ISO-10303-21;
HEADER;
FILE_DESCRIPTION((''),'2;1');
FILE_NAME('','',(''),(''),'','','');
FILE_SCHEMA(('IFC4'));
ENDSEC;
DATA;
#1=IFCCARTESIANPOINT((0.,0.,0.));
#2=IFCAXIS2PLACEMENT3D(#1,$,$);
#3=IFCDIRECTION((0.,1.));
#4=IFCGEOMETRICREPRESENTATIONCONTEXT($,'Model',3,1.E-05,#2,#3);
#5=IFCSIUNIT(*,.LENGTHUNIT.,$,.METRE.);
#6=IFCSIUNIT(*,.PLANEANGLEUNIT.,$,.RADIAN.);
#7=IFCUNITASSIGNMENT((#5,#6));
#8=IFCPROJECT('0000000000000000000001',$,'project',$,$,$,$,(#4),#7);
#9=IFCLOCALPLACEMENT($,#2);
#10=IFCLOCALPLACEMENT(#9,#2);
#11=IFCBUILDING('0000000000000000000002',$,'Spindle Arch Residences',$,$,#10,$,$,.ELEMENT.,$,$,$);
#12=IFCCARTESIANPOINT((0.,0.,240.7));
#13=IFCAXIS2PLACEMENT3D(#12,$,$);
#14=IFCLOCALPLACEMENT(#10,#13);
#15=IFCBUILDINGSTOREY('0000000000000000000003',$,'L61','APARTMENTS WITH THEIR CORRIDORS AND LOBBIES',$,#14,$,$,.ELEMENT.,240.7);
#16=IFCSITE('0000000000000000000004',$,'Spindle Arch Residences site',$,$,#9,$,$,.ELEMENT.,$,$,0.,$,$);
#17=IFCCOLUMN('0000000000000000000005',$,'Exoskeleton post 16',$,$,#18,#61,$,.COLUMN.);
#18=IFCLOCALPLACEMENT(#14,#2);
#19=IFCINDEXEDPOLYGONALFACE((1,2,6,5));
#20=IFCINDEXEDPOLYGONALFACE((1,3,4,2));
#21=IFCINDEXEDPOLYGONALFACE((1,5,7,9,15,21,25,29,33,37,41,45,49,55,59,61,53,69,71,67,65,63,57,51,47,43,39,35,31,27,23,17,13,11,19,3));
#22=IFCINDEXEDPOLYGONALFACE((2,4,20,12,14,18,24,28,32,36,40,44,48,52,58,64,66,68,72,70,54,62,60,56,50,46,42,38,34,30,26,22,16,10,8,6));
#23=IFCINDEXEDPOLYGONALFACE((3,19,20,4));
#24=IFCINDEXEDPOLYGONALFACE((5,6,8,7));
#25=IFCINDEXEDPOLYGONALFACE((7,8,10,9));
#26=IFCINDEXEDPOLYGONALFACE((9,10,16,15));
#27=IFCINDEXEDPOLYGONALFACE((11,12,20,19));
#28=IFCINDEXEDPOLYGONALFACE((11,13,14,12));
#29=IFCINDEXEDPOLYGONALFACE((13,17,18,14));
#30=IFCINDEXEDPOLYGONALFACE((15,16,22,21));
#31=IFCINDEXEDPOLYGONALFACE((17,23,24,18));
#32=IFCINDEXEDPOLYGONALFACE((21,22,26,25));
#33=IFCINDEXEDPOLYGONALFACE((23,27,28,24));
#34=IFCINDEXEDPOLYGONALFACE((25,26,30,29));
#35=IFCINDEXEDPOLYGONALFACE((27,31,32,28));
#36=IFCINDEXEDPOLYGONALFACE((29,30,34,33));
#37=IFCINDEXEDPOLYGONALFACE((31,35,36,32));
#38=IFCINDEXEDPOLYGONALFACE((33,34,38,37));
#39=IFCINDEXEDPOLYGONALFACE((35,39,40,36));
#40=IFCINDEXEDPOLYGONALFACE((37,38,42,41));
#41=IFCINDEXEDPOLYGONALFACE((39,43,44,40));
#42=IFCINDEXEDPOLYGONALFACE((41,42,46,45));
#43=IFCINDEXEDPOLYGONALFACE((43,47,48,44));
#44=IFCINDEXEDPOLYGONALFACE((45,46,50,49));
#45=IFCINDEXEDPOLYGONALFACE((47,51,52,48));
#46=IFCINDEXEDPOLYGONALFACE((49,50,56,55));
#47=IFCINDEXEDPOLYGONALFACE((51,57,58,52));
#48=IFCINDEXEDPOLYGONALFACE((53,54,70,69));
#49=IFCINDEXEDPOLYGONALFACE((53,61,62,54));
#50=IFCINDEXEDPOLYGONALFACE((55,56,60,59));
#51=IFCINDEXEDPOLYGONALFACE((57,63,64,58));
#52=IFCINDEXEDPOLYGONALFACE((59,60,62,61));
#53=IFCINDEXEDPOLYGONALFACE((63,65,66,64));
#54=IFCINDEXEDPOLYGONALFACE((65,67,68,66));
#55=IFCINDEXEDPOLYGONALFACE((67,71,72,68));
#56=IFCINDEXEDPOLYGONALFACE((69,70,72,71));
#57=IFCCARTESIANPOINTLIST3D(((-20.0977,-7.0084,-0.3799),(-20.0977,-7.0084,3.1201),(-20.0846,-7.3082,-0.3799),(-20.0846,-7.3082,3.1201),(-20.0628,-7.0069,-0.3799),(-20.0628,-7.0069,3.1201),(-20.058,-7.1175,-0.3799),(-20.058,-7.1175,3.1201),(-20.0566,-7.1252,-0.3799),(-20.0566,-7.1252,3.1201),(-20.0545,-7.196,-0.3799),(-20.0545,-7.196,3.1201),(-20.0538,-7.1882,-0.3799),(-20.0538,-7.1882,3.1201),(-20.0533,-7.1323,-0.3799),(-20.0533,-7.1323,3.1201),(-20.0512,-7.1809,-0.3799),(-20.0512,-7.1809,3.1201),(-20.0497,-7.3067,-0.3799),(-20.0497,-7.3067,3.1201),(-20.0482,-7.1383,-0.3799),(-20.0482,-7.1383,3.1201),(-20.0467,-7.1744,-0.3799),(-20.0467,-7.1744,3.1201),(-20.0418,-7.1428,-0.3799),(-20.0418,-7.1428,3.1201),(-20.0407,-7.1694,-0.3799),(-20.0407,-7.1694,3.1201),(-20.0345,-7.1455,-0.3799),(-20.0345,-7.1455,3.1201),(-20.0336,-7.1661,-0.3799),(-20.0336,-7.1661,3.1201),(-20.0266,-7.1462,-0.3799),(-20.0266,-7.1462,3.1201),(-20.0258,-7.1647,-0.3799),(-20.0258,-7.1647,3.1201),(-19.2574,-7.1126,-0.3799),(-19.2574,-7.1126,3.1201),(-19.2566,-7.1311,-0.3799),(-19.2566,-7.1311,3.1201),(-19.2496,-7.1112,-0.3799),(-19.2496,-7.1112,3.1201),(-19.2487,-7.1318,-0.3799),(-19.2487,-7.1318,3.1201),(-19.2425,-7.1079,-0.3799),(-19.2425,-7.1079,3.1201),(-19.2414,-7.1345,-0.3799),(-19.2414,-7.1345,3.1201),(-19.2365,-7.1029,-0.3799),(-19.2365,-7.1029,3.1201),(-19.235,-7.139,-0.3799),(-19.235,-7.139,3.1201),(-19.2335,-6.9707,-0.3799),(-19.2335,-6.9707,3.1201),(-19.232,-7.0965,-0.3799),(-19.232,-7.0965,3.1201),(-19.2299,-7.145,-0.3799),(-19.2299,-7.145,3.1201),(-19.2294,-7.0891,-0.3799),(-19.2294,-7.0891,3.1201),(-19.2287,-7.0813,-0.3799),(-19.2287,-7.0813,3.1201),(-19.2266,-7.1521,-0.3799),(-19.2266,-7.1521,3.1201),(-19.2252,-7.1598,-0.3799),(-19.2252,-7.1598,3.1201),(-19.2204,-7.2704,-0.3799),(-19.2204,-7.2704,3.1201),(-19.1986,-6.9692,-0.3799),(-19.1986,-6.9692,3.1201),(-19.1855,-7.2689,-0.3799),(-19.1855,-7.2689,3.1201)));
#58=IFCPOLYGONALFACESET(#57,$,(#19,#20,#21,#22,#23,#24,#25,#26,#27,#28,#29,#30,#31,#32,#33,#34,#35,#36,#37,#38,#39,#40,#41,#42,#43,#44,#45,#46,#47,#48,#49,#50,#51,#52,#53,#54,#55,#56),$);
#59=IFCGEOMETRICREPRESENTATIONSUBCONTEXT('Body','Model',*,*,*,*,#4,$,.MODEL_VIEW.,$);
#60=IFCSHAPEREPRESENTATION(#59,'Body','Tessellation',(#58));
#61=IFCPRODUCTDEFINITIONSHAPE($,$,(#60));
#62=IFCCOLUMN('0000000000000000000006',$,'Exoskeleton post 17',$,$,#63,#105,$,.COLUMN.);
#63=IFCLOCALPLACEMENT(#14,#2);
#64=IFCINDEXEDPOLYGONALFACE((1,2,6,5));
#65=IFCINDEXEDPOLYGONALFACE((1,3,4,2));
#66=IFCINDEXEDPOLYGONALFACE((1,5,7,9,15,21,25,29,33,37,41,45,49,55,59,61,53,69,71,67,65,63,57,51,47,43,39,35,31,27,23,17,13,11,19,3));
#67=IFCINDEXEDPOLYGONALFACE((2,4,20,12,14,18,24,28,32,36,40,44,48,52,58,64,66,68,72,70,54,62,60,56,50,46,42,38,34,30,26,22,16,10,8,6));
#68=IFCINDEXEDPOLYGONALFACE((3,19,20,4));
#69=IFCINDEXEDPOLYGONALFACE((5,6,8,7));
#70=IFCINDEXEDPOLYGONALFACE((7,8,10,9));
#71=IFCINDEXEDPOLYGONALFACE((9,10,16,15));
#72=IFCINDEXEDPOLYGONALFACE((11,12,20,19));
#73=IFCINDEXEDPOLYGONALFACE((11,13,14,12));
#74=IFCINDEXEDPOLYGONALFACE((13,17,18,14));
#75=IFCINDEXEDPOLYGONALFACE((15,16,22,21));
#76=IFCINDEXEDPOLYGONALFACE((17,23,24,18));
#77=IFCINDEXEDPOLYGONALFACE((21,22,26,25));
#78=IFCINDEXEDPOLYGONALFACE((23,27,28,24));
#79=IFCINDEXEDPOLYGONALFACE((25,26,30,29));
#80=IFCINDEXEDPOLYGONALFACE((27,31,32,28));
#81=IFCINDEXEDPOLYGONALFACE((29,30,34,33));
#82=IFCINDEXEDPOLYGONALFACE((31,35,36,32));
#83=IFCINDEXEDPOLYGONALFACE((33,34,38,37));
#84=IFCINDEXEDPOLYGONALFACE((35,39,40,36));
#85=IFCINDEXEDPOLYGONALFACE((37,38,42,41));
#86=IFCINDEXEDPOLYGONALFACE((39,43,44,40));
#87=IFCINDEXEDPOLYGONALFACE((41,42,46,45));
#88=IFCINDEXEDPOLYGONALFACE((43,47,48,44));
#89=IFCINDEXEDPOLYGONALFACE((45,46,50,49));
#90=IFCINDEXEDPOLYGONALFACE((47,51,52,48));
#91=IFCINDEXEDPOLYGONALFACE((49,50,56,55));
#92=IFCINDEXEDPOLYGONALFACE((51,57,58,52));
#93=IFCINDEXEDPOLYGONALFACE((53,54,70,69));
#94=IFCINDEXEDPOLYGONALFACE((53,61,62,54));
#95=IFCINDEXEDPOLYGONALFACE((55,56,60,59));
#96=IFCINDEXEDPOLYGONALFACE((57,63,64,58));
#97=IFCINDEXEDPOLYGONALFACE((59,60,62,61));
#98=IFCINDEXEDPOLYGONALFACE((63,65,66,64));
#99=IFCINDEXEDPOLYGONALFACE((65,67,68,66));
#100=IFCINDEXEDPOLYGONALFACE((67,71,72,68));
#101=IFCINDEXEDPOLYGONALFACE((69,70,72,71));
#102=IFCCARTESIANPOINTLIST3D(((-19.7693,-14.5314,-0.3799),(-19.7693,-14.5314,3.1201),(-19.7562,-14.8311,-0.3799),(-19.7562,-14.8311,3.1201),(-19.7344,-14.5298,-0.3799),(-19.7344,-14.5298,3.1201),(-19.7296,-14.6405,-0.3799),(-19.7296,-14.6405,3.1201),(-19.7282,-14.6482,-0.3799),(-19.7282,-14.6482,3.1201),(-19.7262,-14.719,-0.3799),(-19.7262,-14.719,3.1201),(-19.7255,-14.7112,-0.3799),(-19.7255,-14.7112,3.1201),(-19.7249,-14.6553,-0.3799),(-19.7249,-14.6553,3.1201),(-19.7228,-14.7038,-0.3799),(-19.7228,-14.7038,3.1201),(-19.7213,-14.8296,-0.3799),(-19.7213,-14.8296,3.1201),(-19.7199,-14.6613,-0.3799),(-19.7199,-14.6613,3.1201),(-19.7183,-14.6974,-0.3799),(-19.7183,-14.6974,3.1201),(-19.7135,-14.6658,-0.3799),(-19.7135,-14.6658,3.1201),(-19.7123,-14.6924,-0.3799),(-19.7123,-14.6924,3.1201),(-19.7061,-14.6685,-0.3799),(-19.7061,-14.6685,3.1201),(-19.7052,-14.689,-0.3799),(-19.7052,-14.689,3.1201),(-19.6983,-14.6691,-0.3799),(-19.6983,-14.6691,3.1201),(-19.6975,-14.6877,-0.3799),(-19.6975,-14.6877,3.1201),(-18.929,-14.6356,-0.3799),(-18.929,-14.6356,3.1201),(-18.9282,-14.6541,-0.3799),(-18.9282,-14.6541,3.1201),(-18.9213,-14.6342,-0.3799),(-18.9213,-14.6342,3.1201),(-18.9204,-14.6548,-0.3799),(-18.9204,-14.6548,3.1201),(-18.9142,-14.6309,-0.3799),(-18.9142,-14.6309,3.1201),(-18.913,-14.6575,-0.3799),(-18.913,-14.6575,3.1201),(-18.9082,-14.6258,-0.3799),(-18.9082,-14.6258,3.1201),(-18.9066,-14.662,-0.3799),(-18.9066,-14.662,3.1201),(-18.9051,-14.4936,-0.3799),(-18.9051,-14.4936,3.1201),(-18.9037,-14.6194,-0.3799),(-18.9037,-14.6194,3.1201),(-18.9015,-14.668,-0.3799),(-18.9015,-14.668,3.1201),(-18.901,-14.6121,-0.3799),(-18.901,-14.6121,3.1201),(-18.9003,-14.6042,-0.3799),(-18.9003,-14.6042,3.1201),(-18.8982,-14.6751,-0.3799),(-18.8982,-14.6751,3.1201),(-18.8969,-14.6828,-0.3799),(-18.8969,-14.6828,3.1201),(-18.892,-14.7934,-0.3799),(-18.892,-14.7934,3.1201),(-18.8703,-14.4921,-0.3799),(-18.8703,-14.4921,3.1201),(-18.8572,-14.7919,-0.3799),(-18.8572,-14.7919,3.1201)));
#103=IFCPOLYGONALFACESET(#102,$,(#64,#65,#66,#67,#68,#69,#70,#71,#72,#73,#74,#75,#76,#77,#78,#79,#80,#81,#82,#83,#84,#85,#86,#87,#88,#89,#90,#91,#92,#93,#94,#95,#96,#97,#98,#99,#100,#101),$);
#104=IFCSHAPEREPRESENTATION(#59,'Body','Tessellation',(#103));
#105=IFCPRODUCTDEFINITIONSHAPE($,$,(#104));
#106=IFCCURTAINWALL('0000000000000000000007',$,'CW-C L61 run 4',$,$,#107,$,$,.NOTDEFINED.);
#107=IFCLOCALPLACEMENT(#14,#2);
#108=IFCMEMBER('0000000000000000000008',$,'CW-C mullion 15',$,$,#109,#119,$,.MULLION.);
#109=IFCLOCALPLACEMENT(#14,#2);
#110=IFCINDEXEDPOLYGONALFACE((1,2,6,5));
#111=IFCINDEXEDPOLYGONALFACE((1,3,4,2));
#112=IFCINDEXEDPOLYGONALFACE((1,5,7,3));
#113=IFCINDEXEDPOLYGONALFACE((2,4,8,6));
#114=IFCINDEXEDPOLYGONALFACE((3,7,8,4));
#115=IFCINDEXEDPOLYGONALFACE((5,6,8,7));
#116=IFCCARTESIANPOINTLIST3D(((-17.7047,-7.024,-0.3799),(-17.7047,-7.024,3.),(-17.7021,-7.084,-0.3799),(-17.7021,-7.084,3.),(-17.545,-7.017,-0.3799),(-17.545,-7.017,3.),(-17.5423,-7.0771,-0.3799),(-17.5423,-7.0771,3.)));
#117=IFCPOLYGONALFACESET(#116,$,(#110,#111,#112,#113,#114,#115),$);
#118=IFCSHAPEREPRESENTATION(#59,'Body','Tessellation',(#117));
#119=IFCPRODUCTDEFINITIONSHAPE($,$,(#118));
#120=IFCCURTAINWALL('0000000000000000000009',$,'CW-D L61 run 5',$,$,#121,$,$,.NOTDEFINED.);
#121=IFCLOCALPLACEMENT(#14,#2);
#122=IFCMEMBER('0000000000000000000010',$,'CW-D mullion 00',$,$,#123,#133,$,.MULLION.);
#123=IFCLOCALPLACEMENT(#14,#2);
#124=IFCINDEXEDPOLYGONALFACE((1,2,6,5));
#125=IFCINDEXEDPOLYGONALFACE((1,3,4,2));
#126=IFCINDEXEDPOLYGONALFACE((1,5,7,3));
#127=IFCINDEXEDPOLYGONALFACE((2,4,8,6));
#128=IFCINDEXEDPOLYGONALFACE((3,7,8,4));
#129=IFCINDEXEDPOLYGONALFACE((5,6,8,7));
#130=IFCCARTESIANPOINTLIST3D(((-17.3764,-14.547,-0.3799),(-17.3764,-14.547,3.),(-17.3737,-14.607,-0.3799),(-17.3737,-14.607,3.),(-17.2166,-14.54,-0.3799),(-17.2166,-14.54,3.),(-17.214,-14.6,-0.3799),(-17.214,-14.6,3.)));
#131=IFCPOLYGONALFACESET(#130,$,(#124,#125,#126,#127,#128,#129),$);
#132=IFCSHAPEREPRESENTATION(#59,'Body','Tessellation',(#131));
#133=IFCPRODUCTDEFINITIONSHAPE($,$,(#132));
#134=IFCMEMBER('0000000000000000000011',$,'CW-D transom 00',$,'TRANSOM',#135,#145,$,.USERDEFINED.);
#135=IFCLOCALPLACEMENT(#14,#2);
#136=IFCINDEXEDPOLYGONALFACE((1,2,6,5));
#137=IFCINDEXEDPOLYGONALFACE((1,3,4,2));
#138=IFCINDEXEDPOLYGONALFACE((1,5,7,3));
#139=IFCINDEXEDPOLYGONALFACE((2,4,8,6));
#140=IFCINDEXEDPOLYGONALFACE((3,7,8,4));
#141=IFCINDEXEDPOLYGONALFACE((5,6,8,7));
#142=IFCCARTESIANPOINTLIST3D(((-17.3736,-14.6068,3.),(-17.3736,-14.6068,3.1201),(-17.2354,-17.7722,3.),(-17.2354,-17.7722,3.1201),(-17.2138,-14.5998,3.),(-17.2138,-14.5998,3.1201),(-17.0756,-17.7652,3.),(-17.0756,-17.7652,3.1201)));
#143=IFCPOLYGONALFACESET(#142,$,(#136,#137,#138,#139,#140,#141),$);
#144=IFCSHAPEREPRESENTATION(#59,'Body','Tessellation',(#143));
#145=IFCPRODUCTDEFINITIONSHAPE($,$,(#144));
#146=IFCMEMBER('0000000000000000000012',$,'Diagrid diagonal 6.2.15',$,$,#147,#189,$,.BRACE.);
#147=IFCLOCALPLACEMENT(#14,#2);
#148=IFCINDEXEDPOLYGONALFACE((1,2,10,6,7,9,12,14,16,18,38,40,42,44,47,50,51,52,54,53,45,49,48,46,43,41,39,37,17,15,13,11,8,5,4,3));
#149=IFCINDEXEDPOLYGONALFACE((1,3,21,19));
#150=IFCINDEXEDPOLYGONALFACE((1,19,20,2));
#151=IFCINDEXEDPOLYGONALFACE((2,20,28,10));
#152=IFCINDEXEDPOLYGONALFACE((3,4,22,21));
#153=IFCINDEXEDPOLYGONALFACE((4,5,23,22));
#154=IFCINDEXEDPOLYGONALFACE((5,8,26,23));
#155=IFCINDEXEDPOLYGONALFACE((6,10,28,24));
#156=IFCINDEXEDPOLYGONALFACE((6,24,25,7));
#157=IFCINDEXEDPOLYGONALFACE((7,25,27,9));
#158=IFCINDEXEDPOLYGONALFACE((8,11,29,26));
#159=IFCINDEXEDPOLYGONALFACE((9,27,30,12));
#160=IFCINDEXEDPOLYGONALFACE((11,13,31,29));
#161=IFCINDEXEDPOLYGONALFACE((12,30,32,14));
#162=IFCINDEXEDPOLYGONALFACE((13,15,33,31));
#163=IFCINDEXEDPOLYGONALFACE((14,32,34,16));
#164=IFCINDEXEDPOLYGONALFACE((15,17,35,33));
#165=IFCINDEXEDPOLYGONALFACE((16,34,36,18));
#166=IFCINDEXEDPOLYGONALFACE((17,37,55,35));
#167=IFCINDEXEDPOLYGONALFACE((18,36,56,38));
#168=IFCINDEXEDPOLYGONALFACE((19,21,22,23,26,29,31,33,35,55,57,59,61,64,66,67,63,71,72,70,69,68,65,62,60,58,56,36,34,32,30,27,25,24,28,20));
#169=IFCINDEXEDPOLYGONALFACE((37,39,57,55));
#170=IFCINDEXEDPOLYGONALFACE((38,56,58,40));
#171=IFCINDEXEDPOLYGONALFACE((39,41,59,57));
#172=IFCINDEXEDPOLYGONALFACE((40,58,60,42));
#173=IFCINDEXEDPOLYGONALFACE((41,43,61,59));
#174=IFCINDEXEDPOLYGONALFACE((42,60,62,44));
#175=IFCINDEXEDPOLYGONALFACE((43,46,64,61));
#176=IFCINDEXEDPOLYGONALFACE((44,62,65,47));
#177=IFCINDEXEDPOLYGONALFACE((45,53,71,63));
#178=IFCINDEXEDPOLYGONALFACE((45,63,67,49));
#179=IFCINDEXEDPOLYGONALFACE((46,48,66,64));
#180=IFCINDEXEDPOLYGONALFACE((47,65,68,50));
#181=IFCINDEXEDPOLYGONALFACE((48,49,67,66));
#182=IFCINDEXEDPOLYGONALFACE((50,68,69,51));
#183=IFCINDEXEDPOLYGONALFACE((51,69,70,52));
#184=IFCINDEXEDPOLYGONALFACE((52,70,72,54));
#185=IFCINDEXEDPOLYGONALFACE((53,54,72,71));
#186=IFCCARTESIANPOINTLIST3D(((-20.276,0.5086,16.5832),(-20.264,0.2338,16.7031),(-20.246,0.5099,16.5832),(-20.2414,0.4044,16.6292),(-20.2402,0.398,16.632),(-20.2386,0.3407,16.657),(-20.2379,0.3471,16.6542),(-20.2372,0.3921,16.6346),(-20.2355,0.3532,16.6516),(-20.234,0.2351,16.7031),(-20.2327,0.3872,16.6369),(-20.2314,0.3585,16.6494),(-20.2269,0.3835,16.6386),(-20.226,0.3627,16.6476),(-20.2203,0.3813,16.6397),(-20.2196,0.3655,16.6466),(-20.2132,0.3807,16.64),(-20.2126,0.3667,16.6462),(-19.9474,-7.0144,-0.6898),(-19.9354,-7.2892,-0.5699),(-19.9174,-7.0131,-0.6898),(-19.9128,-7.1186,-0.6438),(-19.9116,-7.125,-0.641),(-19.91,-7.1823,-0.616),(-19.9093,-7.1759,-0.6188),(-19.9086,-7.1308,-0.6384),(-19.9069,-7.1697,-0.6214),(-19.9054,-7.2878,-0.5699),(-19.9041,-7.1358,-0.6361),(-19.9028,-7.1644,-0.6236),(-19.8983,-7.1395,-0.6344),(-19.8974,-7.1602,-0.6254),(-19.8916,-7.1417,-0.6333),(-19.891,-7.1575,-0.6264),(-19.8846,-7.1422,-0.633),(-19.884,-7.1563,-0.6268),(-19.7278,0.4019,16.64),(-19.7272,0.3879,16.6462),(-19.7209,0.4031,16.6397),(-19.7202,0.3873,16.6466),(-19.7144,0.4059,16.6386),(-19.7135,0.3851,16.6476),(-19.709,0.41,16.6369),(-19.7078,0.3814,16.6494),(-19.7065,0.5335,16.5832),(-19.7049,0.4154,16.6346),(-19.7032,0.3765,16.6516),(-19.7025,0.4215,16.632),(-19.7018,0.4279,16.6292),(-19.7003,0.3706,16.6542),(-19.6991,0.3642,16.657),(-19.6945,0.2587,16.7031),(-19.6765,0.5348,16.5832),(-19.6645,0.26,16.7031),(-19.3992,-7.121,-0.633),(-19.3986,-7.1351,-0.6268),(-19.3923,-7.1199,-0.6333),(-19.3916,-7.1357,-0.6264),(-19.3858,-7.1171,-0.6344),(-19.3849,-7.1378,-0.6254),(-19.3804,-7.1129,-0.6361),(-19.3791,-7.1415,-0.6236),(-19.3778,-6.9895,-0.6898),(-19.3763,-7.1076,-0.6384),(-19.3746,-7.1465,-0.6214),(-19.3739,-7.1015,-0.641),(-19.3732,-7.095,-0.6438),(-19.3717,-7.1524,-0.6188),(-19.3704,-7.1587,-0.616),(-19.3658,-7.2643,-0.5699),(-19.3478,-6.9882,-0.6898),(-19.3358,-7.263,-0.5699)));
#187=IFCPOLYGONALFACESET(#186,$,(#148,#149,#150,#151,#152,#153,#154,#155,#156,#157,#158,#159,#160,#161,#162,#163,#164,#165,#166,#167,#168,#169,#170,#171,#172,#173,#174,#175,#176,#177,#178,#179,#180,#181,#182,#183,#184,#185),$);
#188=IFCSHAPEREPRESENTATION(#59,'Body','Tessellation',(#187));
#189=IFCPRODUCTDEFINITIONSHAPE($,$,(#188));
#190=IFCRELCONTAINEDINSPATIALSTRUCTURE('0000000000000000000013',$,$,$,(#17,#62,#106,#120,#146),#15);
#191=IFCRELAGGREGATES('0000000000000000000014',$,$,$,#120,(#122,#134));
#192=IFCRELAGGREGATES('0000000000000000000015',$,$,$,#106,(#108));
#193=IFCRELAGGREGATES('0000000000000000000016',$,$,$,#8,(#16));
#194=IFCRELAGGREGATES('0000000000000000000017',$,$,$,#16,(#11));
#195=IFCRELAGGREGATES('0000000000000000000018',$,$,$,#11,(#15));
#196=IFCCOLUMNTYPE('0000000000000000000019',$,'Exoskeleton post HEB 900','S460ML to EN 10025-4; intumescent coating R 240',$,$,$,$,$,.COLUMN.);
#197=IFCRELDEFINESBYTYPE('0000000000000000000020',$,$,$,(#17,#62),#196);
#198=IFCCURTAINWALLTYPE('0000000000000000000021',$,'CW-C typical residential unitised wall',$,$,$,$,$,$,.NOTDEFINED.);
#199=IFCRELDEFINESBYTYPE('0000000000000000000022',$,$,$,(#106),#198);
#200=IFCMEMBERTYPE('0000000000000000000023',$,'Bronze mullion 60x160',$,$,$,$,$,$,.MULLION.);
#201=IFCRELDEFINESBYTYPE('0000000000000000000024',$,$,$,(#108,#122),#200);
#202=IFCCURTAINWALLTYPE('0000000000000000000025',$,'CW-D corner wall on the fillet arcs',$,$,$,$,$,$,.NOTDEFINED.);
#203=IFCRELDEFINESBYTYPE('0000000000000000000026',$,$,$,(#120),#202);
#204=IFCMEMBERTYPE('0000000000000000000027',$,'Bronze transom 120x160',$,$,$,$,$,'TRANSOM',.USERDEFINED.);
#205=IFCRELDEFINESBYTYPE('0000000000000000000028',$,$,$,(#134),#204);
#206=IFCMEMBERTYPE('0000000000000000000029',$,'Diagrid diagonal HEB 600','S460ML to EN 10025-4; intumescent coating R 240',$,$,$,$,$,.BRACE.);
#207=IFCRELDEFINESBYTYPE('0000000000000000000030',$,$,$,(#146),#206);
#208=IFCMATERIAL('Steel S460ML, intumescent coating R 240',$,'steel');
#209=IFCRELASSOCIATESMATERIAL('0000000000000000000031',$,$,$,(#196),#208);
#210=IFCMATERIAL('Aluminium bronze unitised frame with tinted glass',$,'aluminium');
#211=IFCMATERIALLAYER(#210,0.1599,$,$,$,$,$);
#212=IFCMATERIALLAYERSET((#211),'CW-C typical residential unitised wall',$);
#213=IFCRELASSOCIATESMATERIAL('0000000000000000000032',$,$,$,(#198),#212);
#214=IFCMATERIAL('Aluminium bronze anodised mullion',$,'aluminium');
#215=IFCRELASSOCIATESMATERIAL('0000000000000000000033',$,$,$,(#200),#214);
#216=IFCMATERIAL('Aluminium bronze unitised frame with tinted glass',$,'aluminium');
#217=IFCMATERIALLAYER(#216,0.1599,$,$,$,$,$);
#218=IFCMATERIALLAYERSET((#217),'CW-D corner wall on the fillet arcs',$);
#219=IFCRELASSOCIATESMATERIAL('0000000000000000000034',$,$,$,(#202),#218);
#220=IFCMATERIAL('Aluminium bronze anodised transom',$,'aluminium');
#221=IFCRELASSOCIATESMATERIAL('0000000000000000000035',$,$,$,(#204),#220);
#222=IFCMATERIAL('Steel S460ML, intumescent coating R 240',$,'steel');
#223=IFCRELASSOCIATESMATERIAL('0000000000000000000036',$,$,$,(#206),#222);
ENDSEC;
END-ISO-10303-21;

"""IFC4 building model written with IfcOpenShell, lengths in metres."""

from ifc_helpers import new_model, si_unit, direction, frame, origin, origin_2d, place, context, subcontext, project, spatial, rectangle, i_section, extrude, material, layer, layer_set, material_profile, profile_set, type_object, element, aggregate, save


model = new_model("IFC4")

# Units and contexts
model_context = context("Model", 3, precision=1e-05, world=origin(), true_north=direction((0.0, 1.0)))
body_context = subcontext(model_context, "Body", "Model", "MODEL_VIEW")
ifc_project = project(units=[si_unit("LENGTHUNIT", "METRE"), si_unit("PLANEANGLEUNIT", "RADIAN")], contexts=[model_context])

# Site, building, storey
site_placement = place(None, origin())
site = spatial("IfcSite", under=ifc_project, at=site_placement, Name="Spindle Arch Residences site", CompositionType="ELEMENT", RefElevation=0.0)
building_placement = place(site_placement, origin())
building = spatial("IfcBuilding", under=site, at=building_placement, Name="Spindle Arch Residences", CompositionType="ELEMENT")
storey_placement = place(building_placement, frame((0.0, 0.0, 240.7)))
storey = spatial("IfcBuildingStorey", under=building, at=storey_placement, Name="L61", Description="APARTMENTS WITH THEIR CORRIDORS AND LOBBIES", CompositionType="ELEMENT", Elevation=240.7)

# Columns
ifc_material_1 = material(Name="Steel S460ML, intumescent coating R 240", Category="steel")
ifc_material_profile_1 = material_profile(ifc_material_1, i_section(OverallWidth=0.3, OverallDepth=0.8999, WebThickness=0.0186, FlangeThickness=0.0349, FilletRadius=0.03, at=origin_2d()), Name="HEB 900")
ifc_profile_set_1 = profile_set([ifc_material_profile_1], Name="Steel S460ML, intumescent coating R 240")
column_type = type_object("IfcColumnType", Name="Exoskeleton post HEB 900", Description="S460ML to EN 10025-4; intumescent coating R 240", PredefinedType="COLUMN", material=ifc_profile_set_1)
for number, where, z_axis, x_axis, name in (
    (1, (-19.6416, -7.1387, -0.3799), (0.0, 0.0, 1.0), (-0.043619, 0.999048, 0.0), "Exoskeleton post 16"),
    (2, (-19.3132, -14.6616, -0.3799), (0.0, 0.0, 1.0), (-0.043619, 0.999048, 0.0), "Exoskeleton post 17"),
):
    element("IfcColumn", number, at=place(storey_placement, frame(where, z_axis=z_axis, x_axis=x_axis)), inside=storey, type_object=column_type, Name=name, PredefinedType="COLUMN", context=body_context, shape_type="SweptSolid", body=[
        extrude(i_section(OverallWidth=0.3, OverallDepth=0.8999, WebThickness=0.0186, FlangeThickness=0.0349, FilletRadius=0.03, at=origin_2d()), origin(), (0.0, 0.0, 1.0), 3.5),
    ])

# Curtain wall, member
ifc_material_2 = material(Name="Aluminium bronze unitised frame with tinted glass", Category="aluminium")
ifc_layer_1 = layer(ifc_material_2, 0.1599)
ifc_layer_set_1 = layer_set([ifc_layer_1], Name="CW-C typical residential unitised wall")
curtain_wall_type_1 = type_object("IfcCurtainWallType", Name="CW-C typical residential unitised wall", PredefinedType="NOTDEFINED", material=ifc_layer_set_1)
curtain_wall_1_placement = place(storey_placement, origin())
curtain_wall_1 = element("IfcCurtainWall", 3, at=curtain_wall_1_placement, inside=storey, type_object=curtain_wall_type_1, Name="CW-C L61 run 4", PredefinedType="NOTDEFINED")
ifc_material_3 = material(Name="Aluminium bronze anodised mullion", Category="aluminium")
ifc_material_profile_2 = material_profile(ifc_material_3, rectangle(XDim=0.1599, YDim=0.0601, at=origin_2d()), Name="MU 60x160")
ifc_profile_set_2 = profile_set([ifc_material_profile_2], Name="Aluminium bronze anodised mullion")
member_type_1 = type_object("IfcMemberType", Name="Bronze mullion 60x160", PredefinedType="MULLION", material=ifc_profile_set_2)
member_1_placement = place(storey_placement, frame((-17.6235, -7.0505, -0.3799), z_axis=(0.0, 0.0, 1.0), x_axis=(0.999048, 0.043619, 0.0)))
member_1 = element("IfcMember", 4, at=member_1_placement, type_object=member_type_1, Name="CW-C mullion 15", PredefinedType="MULLION", context=body_context, shape_type="SweptSolid", body=[
    extrude(rectangle(XDim=0.1599, YDim=0.0601, at=origin_2d()), origin(), (0.0, 0.0, 1.0), 3.3799),
])

# Curtain wall, members
ifc_material_4 = material(Name="Aluminium bronze unitised frame with tinted glass", Category="aluminium")
ifc_layer_2 = layer(ifc_material_4, 0.1599)
ifc_layer_set_2 = layer_set([ifc_layer_2], Name="CW-D corner wall on the fillet arcs")
curtain_wall_type_2 = type_object("IfcCurtainWallType", Name="CW-D corner wall on the fillet arcs", PredefinedType="NOTDEFINED", material=ifc_layer_set_2)
curtain_wall_2_placement = place(storey_placement, origin())
curtain_wall_2 = element("IfcCurtainWall", 5, at=curtain_wall_2_placement, inside=storey, type_object=curtain_wall_type_2, Name="CW-D L61 run 5", PredefinedType="NOTDEFINED")
member_2_placement = place(storey_placement, frame((-17.2952, -14.5735, -0.3799), z_axis=(0.0, 0.0, 1.0), x_axis=(0.999048, 0.043619, 0.0)))
member_2 = element("IfcMember", 6, at=member_2_placement, type_object=member_type_1, Name="CW-D mullion 00", PredefinedType="MULLION", context=body_context, shape_type="SweptSolid", body=[
    extrude(rectangle(XDim=0.1599, YDim=0.0601, at=origin_2d()), origin(), (0.0, 0.0, 1.0), 3.3799),
])
ifc_material_5 = material(Name="Aluminium bronze anodised transom", Category="aluminium")
ifc_material_profile_3 = material_profile(ifc_material_5, rectangle(XDim=0.1599, YDim=0.1201, at=origin_2d()), Name="TR 120x160")
ifc_profile_set_3 = profile_set([ifc_material_profile_3], Name="Aluminium bronze anodised transom")
member_type_2 = type_object("IfcMemberType", Name="Bronze transom 120x160", ElementType="TRANSOM", PredefinedType="USERDEFINED", material=ifc_profile_set_3)
member_3_placement = place(storey_placement, frame((-17.2937, -14.6033, 3.0601), z_axis=(0.043611, -0.999049, 0.0), x_axis=(0.999049, 0.043611, 0.0)))
member_3 = element("IfcMember", 7, at=member_3_placement, type_object=member_type_2, Name="CW-D transom 00", ObjectType="TRANSOM", PredefinedType="USERDEFINED", context=body_context, shape_type="SweptSolid", body=[
    extrude(rectangle(XDim=0.1599, YDim=0.1201, at=origin_2d()), origin(), (0.0, 0.0, 1.0), 3.1685),
])
aggregate(curtain_wall_2, [member_2, member_3])

# Member
ifc_material_6 = material(Name="Steel S460ML, intumescent coating R 240", Category="steel")
ifc_material_profile_4 = material_profile(ifc_material_6, i_section(OverallWidth=0.3, OverallDepth=0.6001, WebThickness=0.0154, FlangeThickness=0.03, FilletRadius=0.0271, at=origin_2d()), Name="HEB 600")
ifc_profile_set_4 = profile_set([ifc_material_profile_4], Name="Steel S460ML, intumescent coating R 240")
member_type_3 = type_object("IfcMemberType", Name="Diagrid diagonal HEB 600", Description="S460ML to EN 10025-4; intumescent coating R 240", PredefinedType="BRACE", material=ifc_profile_set_4)
for number, where, z_axis, x_axis, name in (
    (8, (-19.6416, -7.1387, -0.6299), (-0.01744, 0.399244, 0.916679), (0.040004, -0.915805, 0.399625), "Diagrid diagonal 6.2.15"),
):
    element("IfcMember", number, at=place(storey_placement, frame(where, z_axis=z_axis, x_axis=x_axis)), inside=storey, type_object=member_type_3, Name=name, PredefinedType="BRACE", context=body_context, shape_type="SweptSolid", body=[
        extrude(i_section(OverallWidth=0.3, OverallDepth=0.6001, WebThickness=0.0154, FlangeThickness=0.03, FilletRadius=0.0271, at=origin_2d()), origin(), (0.0, 0.0, 1.0), 18.843),
    ])

aggregate(curtain_wall_1, [member_1])

save(model, "model.ifc")
